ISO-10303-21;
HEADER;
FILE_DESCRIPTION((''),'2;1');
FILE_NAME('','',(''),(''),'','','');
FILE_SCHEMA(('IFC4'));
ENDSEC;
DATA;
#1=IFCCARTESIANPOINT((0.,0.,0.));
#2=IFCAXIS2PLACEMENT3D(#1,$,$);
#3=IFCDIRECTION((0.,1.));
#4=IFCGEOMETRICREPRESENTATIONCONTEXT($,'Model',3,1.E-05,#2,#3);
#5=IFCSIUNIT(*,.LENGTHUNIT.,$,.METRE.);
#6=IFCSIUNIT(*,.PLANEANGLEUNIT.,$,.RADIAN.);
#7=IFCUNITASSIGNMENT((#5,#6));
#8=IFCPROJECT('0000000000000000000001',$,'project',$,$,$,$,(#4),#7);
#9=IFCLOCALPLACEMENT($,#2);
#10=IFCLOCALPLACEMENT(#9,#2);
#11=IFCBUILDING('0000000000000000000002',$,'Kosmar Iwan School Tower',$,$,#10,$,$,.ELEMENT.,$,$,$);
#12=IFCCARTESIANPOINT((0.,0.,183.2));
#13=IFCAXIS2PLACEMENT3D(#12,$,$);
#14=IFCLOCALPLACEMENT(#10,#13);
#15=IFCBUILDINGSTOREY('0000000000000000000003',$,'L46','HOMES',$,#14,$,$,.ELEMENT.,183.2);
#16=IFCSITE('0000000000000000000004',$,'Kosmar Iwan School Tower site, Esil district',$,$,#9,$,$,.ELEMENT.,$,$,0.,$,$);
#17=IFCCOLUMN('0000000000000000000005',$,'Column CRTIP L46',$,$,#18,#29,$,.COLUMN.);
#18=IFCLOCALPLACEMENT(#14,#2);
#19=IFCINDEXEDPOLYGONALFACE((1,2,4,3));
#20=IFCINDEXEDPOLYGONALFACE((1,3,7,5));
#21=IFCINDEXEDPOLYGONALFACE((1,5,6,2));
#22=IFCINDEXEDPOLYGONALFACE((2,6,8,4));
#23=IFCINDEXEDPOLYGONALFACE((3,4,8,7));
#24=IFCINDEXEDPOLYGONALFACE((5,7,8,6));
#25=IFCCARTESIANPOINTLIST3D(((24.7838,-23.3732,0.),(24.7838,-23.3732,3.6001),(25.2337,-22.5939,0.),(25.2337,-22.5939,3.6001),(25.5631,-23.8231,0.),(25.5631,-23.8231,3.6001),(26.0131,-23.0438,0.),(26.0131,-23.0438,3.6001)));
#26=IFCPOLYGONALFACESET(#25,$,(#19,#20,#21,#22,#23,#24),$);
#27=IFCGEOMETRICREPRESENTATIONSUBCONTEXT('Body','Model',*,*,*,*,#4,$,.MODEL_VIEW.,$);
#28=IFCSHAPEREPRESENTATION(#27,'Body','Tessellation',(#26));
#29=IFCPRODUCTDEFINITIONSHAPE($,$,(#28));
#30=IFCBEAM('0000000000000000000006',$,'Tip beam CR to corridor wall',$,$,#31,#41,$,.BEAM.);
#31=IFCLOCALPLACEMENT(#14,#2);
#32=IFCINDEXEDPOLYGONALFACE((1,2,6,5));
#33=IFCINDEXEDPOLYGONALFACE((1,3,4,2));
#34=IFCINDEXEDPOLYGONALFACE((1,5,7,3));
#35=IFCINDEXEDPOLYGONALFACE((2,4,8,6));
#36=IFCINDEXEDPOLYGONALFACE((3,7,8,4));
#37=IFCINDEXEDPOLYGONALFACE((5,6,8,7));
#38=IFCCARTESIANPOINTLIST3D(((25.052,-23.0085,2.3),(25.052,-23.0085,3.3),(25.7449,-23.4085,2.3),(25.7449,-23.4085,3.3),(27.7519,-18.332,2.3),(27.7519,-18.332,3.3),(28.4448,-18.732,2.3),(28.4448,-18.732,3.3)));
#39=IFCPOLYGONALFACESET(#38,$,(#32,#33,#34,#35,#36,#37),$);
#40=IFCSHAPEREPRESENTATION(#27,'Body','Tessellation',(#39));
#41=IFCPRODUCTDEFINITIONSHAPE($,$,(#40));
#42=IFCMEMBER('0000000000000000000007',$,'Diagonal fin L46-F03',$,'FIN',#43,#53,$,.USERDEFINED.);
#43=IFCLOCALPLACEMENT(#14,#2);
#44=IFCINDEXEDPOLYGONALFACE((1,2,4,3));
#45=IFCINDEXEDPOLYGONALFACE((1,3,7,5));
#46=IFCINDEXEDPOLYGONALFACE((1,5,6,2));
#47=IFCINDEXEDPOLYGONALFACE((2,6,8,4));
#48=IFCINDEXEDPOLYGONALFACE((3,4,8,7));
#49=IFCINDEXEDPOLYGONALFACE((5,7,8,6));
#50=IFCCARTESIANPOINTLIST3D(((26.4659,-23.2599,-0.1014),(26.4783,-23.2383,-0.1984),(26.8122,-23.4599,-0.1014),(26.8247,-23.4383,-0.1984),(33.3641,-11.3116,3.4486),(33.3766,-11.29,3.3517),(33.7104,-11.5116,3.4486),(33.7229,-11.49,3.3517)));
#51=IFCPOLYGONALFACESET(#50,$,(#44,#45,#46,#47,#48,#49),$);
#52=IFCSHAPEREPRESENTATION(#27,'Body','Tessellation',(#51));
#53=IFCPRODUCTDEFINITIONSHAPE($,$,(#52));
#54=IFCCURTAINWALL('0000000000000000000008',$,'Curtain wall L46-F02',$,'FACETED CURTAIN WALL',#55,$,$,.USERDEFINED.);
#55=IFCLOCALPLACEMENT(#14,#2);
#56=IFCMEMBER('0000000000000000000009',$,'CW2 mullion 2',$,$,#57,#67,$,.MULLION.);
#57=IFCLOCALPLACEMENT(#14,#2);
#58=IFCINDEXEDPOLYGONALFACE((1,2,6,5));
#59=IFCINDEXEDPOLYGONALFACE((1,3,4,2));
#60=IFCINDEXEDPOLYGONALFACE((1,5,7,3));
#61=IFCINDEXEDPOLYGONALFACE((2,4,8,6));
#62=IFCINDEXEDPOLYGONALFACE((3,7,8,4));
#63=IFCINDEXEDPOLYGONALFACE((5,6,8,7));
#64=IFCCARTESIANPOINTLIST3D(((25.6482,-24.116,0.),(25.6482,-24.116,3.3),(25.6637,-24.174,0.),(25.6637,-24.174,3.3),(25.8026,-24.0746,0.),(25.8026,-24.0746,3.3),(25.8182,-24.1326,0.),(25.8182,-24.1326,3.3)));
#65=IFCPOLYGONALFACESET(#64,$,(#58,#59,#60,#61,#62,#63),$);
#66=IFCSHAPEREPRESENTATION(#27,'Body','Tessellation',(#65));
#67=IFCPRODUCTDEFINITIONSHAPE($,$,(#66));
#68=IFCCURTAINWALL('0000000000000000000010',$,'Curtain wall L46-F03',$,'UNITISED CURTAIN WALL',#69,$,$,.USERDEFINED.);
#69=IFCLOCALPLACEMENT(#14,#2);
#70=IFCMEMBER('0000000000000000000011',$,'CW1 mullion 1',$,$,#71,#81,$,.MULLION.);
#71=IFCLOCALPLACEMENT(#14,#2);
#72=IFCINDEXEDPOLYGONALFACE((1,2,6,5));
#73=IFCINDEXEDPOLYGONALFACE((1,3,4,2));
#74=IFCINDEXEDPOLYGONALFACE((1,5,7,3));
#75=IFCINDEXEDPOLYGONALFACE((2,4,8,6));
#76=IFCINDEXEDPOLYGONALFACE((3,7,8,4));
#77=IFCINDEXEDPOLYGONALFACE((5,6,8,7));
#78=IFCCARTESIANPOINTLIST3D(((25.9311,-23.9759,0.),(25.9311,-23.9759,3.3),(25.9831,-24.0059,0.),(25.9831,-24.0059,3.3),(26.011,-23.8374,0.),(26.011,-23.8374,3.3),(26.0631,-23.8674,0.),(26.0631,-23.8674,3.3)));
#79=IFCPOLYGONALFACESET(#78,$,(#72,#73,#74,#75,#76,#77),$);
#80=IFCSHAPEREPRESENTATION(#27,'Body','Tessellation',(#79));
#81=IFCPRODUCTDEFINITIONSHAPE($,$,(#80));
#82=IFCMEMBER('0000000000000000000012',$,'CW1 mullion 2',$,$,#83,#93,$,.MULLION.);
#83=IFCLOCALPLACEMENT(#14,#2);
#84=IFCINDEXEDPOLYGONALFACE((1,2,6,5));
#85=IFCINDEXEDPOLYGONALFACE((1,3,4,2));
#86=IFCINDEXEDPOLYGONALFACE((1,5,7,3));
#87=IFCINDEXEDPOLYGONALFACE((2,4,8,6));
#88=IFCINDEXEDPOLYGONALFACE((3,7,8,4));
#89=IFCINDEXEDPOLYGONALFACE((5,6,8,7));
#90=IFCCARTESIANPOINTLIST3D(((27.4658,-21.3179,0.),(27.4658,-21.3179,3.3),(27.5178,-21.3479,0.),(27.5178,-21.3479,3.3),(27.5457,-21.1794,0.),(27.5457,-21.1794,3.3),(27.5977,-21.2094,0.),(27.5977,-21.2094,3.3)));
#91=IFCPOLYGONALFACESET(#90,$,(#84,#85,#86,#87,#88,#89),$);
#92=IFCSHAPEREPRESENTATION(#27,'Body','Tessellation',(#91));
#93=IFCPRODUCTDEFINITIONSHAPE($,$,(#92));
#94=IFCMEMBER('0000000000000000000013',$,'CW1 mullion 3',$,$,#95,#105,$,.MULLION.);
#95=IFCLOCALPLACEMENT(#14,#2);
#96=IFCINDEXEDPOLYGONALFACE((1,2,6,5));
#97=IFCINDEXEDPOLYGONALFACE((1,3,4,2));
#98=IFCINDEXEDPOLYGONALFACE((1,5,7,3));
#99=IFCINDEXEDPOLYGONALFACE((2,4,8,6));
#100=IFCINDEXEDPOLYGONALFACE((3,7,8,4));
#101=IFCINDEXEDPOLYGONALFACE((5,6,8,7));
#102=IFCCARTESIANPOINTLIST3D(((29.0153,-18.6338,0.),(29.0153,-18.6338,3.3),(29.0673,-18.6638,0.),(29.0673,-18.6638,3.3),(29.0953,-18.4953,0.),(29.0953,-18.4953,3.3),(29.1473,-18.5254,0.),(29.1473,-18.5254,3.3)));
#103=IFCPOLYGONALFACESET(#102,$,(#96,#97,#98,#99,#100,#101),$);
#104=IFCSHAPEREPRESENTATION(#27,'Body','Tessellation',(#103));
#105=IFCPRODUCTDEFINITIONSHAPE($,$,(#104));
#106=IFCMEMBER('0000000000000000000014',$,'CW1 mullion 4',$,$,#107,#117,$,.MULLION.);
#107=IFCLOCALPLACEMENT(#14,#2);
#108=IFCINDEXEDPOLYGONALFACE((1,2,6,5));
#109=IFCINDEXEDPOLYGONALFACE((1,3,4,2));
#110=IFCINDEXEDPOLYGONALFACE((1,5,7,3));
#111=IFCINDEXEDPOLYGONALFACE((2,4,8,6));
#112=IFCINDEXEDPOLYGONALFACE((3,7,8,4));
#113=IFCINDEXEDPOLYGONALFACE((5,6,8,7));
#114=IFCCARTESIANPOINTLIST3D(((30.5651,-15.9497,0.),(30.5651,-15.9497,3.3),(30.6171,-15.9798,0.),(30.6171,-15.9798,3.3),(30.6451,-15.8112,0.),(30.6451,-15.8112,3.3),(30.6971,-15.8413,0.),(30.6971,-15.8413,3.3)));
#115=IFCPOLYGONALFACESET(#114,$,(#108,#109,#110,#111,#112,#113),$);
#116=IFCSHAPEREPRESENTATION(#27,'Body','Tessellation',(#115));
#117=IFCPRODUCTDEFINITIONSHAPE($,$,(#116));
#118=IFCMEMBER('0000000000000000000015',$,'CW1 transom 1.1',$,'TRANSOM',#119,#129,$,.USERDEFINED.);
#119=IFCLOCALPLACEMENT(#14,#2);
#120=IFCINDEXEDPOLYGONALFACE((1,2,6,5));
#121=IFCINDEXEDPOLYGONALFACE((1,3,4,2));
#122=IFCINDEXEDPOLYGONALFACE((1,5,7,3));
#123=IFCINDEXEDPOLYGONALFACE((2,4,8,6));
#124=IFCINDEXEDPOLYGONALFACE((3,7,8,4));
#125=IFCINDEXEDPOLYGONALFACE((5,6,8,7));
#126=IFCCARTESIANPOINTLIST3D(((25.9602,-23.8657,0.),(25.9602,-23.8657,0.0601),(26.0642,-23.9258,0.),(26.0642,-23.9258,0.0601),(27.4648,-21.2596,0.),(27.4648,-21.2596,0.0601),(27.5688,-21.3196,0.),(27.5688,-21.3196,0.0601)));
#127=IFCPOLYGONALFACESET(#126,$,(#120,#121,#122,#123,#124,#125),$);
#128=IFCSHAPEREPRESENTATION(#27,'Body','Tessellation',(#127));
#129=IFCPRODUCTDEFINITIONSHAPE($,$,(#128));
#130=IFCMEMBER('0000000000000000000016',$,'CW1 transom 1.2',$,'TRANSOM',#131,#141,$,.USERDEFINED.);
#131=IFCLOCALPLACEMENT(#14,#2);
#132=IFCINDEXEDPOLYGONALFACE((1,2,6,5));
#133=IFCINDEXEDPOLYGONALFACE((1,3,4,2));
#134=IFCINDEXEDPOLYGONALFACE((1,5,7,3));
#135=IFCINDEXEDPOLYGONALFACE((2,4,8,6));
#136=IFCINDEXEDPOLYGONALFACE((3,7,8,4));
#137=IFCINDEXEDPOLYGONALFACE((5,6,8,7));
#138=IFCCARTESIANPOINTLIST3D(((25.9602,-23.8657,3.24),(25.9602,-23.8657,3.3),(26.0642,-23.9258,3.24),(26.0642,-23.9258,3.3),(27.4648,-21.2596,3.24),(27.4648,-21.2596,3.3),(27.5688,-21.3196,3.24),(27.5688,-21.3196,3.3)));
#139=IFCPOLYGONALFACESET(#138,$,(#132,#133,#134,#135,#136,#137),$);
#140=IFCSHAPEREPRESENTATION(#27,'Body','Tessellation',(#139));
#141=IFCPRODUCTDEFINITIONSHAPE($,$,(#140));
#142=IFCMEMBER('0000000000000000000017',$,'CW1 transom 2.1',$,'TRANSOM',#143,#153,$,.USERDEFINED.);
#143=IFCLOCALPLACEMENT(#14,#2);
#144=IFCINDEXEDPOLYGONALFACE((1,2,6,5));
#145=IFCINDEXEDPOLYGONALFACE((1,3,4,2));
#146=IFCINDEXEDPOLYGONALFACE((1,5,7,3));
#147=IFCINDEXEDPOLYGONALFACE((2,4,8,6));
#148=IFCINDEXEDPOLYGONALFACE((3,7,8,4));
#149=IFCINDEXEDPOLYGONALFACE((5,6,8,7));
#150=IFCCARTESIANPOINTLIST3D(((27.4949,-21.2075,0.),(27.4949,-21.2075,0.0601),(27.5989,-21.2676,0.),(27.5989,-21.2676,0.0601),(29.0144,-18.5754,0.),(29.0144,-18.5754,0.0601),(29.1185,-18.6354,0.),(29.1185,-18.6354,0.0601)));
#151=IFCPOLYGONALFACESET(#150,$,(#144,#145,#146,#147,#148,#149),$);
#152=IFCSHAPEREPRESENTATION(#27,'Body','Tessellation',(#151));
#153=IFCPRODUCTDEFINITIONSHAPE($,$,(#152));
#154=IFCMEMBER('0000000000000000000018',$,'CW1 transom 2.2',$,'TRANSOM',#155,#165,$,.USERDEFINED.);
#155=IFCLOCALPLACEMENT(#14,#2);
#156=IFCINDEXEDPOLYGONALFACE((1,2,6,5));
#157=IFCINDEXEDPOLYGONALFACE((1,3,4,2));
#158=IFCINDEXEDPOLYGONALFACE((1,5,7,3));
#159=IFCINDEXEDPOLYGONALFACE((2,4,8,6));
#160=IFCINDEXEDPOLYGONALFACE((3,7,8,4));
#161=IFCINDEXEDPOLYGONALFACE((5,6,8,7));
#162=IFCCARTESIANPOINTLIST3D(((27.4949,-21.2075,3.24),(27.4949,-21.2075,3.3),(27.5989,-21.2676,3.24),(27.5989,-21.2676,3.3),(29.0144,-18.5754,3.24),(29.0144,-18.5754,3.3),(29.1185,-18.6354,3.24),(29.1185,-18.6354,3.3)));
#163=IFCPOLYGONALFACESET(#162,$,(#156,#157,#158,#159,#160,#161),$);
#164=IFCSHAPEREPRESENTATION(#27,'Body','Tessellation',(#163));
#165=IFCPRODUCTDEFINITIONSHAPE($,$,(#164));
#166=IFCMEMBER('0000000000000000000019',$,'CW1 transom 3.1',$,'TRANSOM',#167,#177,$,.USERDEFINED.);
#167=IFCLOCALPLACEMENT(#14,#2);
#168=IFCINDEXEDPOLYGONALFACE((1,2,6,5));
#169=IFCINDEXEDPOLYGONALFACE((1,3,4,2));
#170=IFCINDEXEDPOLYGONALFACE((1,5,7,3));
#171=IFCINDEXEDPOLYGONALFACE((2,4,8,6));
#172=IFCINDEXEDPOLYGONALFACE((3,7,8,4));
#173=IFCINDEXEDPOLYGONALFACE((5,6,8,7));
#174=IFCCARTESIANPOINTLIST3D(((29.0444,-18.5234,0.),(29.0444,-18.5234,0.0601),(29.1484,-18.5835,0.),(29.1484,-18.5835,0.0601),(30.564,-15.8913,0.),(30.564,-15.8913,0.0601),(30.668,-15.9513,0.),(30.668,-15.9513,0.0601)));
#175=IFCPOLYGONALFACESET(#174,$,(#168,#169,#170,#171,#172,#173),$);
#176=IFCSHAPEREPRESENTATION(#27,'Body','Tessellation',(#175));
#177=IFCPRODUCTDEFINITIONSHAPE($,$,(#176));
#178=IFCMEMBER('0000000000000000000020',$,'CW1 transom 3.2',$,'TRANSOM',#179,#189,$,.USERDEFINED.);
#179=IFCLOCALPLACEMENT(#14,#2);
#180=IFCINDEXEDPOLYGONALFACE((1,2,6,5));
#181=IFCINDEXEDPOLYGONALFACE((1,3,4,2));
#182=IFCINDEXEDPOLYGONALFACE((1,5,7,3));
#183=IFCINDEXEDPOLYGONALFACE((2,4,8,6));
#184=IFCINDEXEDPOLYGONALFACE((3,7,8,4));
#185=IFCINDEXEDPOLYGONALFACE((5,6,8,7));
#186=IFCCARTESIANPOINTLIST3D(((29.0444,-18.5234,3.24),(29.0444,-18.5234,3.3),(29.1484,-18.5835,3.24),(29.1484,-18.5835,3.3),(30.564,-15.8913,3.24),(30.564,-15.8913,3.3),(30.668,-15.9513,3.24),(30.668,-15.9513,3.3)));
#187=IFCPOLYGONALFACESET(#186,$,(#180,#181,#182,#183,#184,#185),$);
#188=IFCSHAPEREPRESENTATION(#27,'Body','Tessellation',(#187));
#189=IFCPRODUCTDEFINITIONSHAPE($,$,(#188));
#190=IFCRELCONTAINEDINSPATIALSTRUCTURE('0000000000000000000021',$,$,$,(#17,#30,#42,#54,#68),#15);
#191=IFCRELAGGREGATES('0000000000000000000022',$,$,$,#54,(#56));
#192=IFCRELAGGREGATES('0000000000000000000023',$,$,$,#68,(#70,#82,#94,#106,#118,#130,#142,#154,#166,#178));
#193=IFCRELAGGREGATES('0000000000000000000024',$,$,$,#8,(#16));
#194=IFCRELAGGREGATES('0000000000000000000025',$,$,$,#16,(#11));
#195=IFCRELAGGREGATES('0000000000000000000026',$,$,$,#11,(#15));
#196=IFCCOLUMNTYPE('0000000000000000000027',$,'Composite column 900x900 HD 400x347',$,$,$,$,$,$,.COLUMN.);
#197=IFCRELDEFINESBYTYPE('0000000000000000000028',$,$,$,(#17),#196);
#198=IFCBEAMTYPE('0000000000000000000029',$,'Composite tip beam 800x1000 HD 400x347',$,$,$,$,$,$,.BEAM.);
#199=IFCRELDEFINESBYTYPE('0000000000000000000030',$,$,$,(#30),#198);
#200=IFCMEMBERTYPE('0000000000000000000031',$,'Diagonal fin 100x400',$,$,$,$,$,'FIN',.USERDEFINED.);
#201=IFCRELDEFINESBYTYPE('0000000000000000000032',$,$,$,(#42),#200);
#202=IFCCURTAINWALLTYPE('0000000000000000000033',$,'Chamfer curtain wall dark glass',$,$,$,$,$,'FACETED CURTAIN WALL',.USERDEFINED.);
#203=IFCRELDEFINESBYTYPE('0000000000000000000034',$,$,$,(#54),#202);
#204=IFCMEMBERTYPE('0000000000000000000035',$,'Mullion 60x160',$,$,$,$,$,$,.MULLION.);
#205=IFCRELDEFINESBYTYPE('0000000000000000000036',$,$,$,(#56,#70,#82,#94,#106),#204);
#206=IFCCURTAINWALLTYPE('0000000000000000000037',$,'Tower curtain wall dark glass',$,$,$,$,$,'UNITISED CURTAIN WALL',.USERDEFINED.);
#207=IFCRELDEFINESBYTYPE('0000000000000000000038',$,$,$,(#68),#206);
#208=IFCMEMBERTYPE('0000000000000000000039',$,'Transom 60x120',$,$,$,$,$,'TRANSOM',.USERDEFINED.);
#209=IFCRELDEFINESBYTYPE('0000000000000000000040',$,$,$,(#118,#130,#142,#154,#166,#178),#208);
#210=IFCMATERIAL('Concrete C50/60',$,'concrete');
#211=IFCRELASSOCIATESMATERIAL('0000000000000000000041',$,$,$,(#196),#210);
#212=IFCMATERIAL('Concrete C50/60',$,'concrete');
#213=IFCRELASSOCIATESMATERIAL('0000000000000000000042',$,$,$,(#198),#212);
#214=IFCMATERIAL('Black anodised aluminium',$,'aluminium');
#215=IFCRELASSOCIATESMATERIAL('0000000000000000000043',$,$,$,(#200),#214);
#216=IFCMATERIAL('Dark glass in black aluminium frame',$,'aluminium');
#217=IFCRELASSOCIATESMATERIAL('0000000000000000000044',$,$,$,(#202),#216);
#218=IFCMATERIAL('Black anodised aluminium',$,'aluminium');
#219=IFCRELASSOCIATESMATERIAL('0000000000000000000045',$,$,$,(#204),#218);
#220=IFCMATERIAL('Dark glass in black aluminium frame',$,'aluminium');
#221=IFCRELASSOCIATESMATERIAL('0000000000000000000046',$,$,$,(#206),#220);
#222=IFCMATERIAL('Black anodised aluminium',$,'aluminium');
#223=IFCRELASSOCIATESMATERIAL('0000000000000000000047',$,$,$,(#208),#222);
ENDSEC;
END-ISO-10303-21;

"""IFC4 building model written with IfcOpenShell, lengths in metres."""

from ifc_helpers import new_model, si_unit, direction, frame, origin, origin_2d, place, context, subcontext, project, spatial, rectangle, extrude, material, material_profile, profile_set, type_object, element, aggregate, save


model = new_model("IFC4")

# Units and contexts
model_context = context("Model", 3, precision=1e-05, world=origin(), true_north=direction((0.0, 1.0)))
body_context = subcontext(model_context, "Body", "Model", "MODEL_VIEW")
ifc_project = project(units=[si_unit("LENGTHUNIT", "METRE"), si_unit("PLANEANGLEUNIT", "RADIAN")], contexts=[model_context])

# Site, building, storey
site_placement = place(None, origin())
site = spatial("IfcSite", under=ifc_project, at=site_placement, Name="Kosmar Iwan School Tower site, Esil district", CompositionType="ELEMENT", RefElevation=0.0)
building_placement = place(site_placement, origin())
building = spatial("IfcBuilding", under=site, at=building_placement, Name="Kosmar Iwan School Tower", CompositionType="ELEMENT")
storey_placement = place(building_placement, frame((0.0, 0.0, 183.2)))
storey = spatial("IfcBuildingStorey", under=building, at=storey_placement, Name="L46", Description="HOMES", CompositionType="ELEMENT", Elevation=183.2)

# Column
ifc_material_1 = material(Name="Concrete C50/60", Category="concrete")
ifc_material_profile_1 = material_profile(ifc_material_1, rectangle(XDim=0.8999, YDim=0.8999, at=origin_2d()), Name="RC 900x900 + HD 400x347")
ifc_profile_set_1 = profile_set([ifc_material_profile_1], Name="Concrete C50/60")
column_type = type_object("IfcColumnType", Name="Composite column 900x900 HD 400x347", PredefinedType="COLUMN", material=ifc_profile_set_1)
column_placement = place(storey_placement, frame((25.3984, -23.2085, 0.0), z_axis=(0.0, 0.0, 1.0), x_axis=(0.866025, -0.5, 0.0)))
element("IfcColumn", 1, at=column_placement, inside=storey, type_object=column_type, Name="Column CRTIP L46", PredefinedType="COLUMN", context=body_context, shape_type="SweptSolid", body=[
    extrude(rectangle(XDim=0.8999, YDim=0.8999, at=origin_2d()), origin(), (0.0, 0.0, 1.0), 3.6001),
])

# Beam
ifc_material_2 = material(Name="Concrete C50/60", Category="concrete")
ifc_material_profile_2 = material_profile(ifc_material_2, rectangle(XDim=0.8, YDim=1.0, at=origin_2d()), Name="RC 800x1000 + HD 400x347")
ifc_profile_set_2 = profile_set([ifc_material_profile_2], Name="Concrete C50/60")
beam_type = type_object("IfcBeamType", Name="Composite tip beam 800x1000 HD 400x347", PredefinedType="BEAM", material=ifc_profile_set_2)
beam_placement = place(storey_placement, frame((25.3984, -23.2085, 2.8), z_axis=(0.499995, 0.866028, 0.0), x_axis=(-0.866028, 0.499995, 0.0)))
element("IfcBeam", 2, at=beam_placement, inside=storey, type_object=beam_type, Name="Tip beam CR to corridor wall", PredefinedType="BEAM", context=body_context, shape_type="SweptSolid", body=[
    extrude(rectangle(XDim=0.8, YDim=1.0, at=origin_2d()), origin(), (0.0, 0.0, 1.0), 5.3999),
])

# Member
ifc_material_3 = material(Name="Black anodised aluminium", Category="aluminium")
ifc_material_profile_3 = material_profile(ifc_material_3, rectangle(XDim=0.1001, YDim=0.3999, at=origin_2d()), Name="FIN 100x400")
ifc_profile_set_3 = profile_set([ifc_material_profile_3], Name="Black anodised aluminium")
member_type_1 = type_object("IfcMemberType", Name="Diagonal fin 100x400", ElementType="FIN", PredefinedType="USERDEFINED", material=ifc_profile_set_3)
member_1_placement = place(storey_placement, frame((26.6453, -23.3491, -0.1499), z_axis=(0.48422, 0.838709, 0.249196), x_axis=(-0.124596, -0.215811, 0.968453)))
element("IfcMember", 3, at=member_1_placement, inside=storey, type_object=member_type_1, Name="Diagonal fin L46-F03", ObjectType="FIN", PredefinedType="USERDEFINED", context=body_context, shape_type="SweptSolid", body=[
    extrude(rectangle(XDim=0.1001, YDim=0.3999, at=origin_2d()), origin(), (0.0, 0.0, 1.0), 14.2461),
])

# Curtain wall, member
ifc_material_4 = material(Name="Dark glass in black aluminium frame", Category="aluminium")
curtain_wall_type_1 = type_object("IfcCurtainWallType", Name="Chamfer curtain wall dark glass", ElementType="FACETED CURTAIN WALL", PredefinedType="USERDEFINED", material=ifc_material_4)
curtain_wall_1_placement = place(storey_placement, origin())
curtain_wall_1 = element("IfcCurtainWall", 4, at=curtain_wall_1_placement, inside=storey, type_object=curtain_wall_type_1, Name="Curtain wall L46-F02", ObjectType="FACETED CURTAIN WALL", PredefinedType="USERDEFINED")
ifc_material_5 = material(Name="Black anodised aluminium", Category="aluminium")
ifc_material_profile_4 = material_profile(ifc_material_5, rectangle(XDim=0.0601, YDim=0.1599, at=origin_2d()), Name="MULLION 60x160")
ifc_profile_set_4 = profile_set([ifc_material_profile_4], Name="Black anodised aluminium")
member_type_2 = type_object("IfcMemberType", Name="Mullion 60x160", PredefinedType="MULLION", material=ifc_profile_set_4)
member_2_placement = place(storey_placement, frame((25.7332, -24.1243, 0.0), z_axis=(0.0, 0.0, 1.0), x_axis=(-0.258819, 0.965926, 0.0)))
member_2 = element("IfcMember", 5, at=member_2_placement, type_object=member_type_2, Name="CW2 mullion 2", PredefinedType="MULLION", context=body_context, shape_type="SweptSolid", body=[
    extrude(rectangle(XDim=0.0601, YDim=0.1599, at=origin_2d()), origin(), (0.0, 0.0, 1.0), 3.3),
])

# Curtain wall, members
ifc_material_6 = material(Name="Dark glass in black aluminium frame", Category="aluminium")
curtain_wall_type_2 = type_object("IfcCurtainWallType", Name="Tower curtain wall dark glass", ElementType="UNITISED CURTAIN WALL", PredefinedType="USERDEFINED", material=ifc_material_6)
curtain_wall_2_placement = place(storey_placement, origin())
curtain_wall_2 = element("IfcCurtainWall", 6, at=curtain_wall_2_placement, inside=storey, type_object=curtain_wall_type_2, Name="Curtain wall L46-F03", ObjectType="UNITISED CURTAIN WALL", PredefinedType="USERDEFINED")
member_3_placement = place(storey_placement, frame((25.9971, -23.9216, 0.0), z_axis=(0.0, 0.0, 1.0), x_axis=(-0.866025, 0.5, 0.0)))
member_3 = element("IfcMember", 7, at=member_3_placement, type_object=member_type_2, Name="CW1 mullion 1", PredefinedType="MULLION", context=body_context, shape_type="SweptSolid", body=[
    extrude(rectangle(XDim=0.0601, YDim=0.1599, at=origin_2d()), origin(), (0.0, 0.0, 1.0), 3.3),
])
member_4_placement = place(storey_placement, frame((27.5317, -21.2637, 0.0), z_axis=(0.0, 0.0, 1.0), x_axis=(-0.866025, 0.5, 0.0)))
member_4 = element("IfcMember", 8, at=member_4_placement, type_object=member_type_2, Name="CW1 mullion 2", PredefinedType="MULLION", context=body_context, shape_type="SweptSolid", body=[
    extrude(rectangle(XDim=0.0601, YDim=0.1599, at=origin_2d()), origin(), (0.0, 0.0, 1.0), 3.3),
])
member_5_placement = place(storey_placement, frame((29.0813, -18.5796, 0.0), z_axis=(0.0, 0.0, 1.0), x_axis=(-0.866025, 0.5, 0.0)))
member_5 = element("IfcMember", 9, at=member_5_placement, type_object=member_type_2, Name="CW1 mullion 3", PredefinedType="MULLION", context=body_context, shape_type="SweptSolid", body=[
    extrude(rectangle(XDim=0.0601, YDim=0.1599, at=origin_2d()), origin(), (0.0, 0.0, 1.0), 3.3),
])
member_6_placement = place(storey_placement, frame((30.6311, -15.8955, 0.0), z_axis=(0.0, 0.0, 1.0), x_axis=(-0.866025, 0.5, 0.0)))
member_6 = element("IfcMember", 10, at=member_6_placement, type_object=member_type_2, Name="CW1 mullion 4", PredefinedType="MULLION", context=body_context, shape_type="SweptSolid", body=[
    extrude(rectangle(XDim=0.0601, YDim=0.1599, at=origin_2d()), origin(), (0.0, 0.0, 1.0), 3.3),
])
ifc_material_7 = material(Name="Black anodised aluminium", Category="aluminium")
ifc_material_profile_5 = material_profile(ifc_material_7, rectangle(XDim=0.1201, YDim=0.0601, at=origin_2d()), Name="TRANSOM 60x120")
ifc_profile_set_5 = profile_set([ifc_material_profile_5], Name="Black anodised aluminium")
member_type_3 = type_object("IfcMemberType", Name="Transom 60x120", ElementType="TRANSOM", PredefinedType="USERDEFINED", material=ifc_profile_set_5)
member_7_placement = place(storey_placement, frame((26.0122, -23.8958, 0.03), z_axis=(0.499987, 0.866033, 0.0), x_axis=(-0.866033, 0.499987, 0.0)))
member_7 = element("IfcMember", 11, at=member_7_placement, type_object=member_type_3, Name="CW1 transom 1.1", ObjectType="TRANSOM", PredefinedType="USERDEFINED", context=body_context, shape_type="SweptSolid", body=[
    extrude(rectangle(XDim=0.1201, YDim=0.0601, at=origin_2d()), origin(), (0.0, 0.0, 1.0), 3.0093),
])
member_8_placement = place(storey_placement, frame((26.0122, -23.8958, 3.27), z_axis=(0.499987, 0.866033, 0.0), x_axis=(-0.866033, 0.499987, 0.0)))
member_8 = element("IfcMember", 12, at=member_8_placement, type_object=member_type_3, Name="CW1 transom 1.2", ObjectType="TRANSOM", PredefinedType="USERDEFINED", context=body_context, shape_type="SweptSolid", body=[
    extrude(rectangle(XDim=0.1201, YDim=0.0601, at=origin_2d()), origin(), (0.0, 0.0, 1.0), 3.0093),
])
member_9_placement = place(storey_placement, frame((27.5469, -21.2375, 0.03), z_axis=(0.499975, 0.86604, 0.0), x_axis=(-0.86604, 0.499975, 0.0)))
member_9 = element("IfcMember", 13, at=member_9_placement, type_object=member_type_3, Name="CW1 transom 2.1", ObjectType="TRANSOM", PredefinedType="USERDEFINED", context=body_context, shape_type="SweptSolid", body=[
    extrude(rectangle(XDim=0.1201, YDim=0.0601, at=origin_2d()), origin(), (0.0, 0.0, 1.0), 3.0393),
])
member_10_placement = place(storey_placement, frame((27.5469, -21.2375, 3.27), z_axis=(0.499975, 0.86604, 0.0), x_axis=(-0.86604, 0.499975, 0.0)))
member_10 = element("IfcMember", 14, at=member_10_placement, type_object=member_type_3, Name="CW1 transom 2.2", ObjectType="TRANSOM", PredefinedType="USERDEFINED", context=body_context, shape_type="SweptSolid", body=[
    extrude(rectangle(XDim=0.1201, YDim=0.0601, at=origin_2d()), origin(), (0.0, 0.0, 1.0), 3.0393),
])
member_11_placement = place(storey_placement, frame((29.0964, -18.5535, 0.03), z_axis=(0.499975, 0.86604, 0.0), x_axis=(-0.86604, 0.499975, 0.0)))
member_11 = element("IfcMember", 15, at=member_11_placement, type_object=member_type_3, Name="CW1 transom 3.1", ObjectType="TRANSOM", PredefinedType="USERDEFINED", context=body_context, shape_type="SweptSolid", body=[
    extrude(rectangle(XDim=0.1201, YDim=0.0601, at=origin_2d()), origin(), (0.0, 0.0, 1.0), 3.0393),
])
member_12_placement = place(storey_placement, frame((29.0964, -18.5535, 3.27), z_axis=(0.499975, 0.86604, 0.0), x_axis=(-0.86604, 0.499975, 0.0)))
member_12 = element("IfcMember", 16, at=member_12_placement, type_object=member_type_3, Name="CW1 transom 3.2", ObjectType="TRANSOM", PredefinedType="USERDEFINED", context=body_context, shape_type="SweptSolid", body=[
    extrude(rectangle(XDim=0.1201, YDim=0.0601, at=origin_2d()), origin(), (0.0, 0.0, 1.0), 3.0393),
])

aggregate(curtain_wall_1, [member_2])
aggregate(curtain_wall_2, [member_3, member_4, member_5, member_6, member_7, member_8, member_9, member_10, member_11, member_12])

save(model, "model.ifc")
